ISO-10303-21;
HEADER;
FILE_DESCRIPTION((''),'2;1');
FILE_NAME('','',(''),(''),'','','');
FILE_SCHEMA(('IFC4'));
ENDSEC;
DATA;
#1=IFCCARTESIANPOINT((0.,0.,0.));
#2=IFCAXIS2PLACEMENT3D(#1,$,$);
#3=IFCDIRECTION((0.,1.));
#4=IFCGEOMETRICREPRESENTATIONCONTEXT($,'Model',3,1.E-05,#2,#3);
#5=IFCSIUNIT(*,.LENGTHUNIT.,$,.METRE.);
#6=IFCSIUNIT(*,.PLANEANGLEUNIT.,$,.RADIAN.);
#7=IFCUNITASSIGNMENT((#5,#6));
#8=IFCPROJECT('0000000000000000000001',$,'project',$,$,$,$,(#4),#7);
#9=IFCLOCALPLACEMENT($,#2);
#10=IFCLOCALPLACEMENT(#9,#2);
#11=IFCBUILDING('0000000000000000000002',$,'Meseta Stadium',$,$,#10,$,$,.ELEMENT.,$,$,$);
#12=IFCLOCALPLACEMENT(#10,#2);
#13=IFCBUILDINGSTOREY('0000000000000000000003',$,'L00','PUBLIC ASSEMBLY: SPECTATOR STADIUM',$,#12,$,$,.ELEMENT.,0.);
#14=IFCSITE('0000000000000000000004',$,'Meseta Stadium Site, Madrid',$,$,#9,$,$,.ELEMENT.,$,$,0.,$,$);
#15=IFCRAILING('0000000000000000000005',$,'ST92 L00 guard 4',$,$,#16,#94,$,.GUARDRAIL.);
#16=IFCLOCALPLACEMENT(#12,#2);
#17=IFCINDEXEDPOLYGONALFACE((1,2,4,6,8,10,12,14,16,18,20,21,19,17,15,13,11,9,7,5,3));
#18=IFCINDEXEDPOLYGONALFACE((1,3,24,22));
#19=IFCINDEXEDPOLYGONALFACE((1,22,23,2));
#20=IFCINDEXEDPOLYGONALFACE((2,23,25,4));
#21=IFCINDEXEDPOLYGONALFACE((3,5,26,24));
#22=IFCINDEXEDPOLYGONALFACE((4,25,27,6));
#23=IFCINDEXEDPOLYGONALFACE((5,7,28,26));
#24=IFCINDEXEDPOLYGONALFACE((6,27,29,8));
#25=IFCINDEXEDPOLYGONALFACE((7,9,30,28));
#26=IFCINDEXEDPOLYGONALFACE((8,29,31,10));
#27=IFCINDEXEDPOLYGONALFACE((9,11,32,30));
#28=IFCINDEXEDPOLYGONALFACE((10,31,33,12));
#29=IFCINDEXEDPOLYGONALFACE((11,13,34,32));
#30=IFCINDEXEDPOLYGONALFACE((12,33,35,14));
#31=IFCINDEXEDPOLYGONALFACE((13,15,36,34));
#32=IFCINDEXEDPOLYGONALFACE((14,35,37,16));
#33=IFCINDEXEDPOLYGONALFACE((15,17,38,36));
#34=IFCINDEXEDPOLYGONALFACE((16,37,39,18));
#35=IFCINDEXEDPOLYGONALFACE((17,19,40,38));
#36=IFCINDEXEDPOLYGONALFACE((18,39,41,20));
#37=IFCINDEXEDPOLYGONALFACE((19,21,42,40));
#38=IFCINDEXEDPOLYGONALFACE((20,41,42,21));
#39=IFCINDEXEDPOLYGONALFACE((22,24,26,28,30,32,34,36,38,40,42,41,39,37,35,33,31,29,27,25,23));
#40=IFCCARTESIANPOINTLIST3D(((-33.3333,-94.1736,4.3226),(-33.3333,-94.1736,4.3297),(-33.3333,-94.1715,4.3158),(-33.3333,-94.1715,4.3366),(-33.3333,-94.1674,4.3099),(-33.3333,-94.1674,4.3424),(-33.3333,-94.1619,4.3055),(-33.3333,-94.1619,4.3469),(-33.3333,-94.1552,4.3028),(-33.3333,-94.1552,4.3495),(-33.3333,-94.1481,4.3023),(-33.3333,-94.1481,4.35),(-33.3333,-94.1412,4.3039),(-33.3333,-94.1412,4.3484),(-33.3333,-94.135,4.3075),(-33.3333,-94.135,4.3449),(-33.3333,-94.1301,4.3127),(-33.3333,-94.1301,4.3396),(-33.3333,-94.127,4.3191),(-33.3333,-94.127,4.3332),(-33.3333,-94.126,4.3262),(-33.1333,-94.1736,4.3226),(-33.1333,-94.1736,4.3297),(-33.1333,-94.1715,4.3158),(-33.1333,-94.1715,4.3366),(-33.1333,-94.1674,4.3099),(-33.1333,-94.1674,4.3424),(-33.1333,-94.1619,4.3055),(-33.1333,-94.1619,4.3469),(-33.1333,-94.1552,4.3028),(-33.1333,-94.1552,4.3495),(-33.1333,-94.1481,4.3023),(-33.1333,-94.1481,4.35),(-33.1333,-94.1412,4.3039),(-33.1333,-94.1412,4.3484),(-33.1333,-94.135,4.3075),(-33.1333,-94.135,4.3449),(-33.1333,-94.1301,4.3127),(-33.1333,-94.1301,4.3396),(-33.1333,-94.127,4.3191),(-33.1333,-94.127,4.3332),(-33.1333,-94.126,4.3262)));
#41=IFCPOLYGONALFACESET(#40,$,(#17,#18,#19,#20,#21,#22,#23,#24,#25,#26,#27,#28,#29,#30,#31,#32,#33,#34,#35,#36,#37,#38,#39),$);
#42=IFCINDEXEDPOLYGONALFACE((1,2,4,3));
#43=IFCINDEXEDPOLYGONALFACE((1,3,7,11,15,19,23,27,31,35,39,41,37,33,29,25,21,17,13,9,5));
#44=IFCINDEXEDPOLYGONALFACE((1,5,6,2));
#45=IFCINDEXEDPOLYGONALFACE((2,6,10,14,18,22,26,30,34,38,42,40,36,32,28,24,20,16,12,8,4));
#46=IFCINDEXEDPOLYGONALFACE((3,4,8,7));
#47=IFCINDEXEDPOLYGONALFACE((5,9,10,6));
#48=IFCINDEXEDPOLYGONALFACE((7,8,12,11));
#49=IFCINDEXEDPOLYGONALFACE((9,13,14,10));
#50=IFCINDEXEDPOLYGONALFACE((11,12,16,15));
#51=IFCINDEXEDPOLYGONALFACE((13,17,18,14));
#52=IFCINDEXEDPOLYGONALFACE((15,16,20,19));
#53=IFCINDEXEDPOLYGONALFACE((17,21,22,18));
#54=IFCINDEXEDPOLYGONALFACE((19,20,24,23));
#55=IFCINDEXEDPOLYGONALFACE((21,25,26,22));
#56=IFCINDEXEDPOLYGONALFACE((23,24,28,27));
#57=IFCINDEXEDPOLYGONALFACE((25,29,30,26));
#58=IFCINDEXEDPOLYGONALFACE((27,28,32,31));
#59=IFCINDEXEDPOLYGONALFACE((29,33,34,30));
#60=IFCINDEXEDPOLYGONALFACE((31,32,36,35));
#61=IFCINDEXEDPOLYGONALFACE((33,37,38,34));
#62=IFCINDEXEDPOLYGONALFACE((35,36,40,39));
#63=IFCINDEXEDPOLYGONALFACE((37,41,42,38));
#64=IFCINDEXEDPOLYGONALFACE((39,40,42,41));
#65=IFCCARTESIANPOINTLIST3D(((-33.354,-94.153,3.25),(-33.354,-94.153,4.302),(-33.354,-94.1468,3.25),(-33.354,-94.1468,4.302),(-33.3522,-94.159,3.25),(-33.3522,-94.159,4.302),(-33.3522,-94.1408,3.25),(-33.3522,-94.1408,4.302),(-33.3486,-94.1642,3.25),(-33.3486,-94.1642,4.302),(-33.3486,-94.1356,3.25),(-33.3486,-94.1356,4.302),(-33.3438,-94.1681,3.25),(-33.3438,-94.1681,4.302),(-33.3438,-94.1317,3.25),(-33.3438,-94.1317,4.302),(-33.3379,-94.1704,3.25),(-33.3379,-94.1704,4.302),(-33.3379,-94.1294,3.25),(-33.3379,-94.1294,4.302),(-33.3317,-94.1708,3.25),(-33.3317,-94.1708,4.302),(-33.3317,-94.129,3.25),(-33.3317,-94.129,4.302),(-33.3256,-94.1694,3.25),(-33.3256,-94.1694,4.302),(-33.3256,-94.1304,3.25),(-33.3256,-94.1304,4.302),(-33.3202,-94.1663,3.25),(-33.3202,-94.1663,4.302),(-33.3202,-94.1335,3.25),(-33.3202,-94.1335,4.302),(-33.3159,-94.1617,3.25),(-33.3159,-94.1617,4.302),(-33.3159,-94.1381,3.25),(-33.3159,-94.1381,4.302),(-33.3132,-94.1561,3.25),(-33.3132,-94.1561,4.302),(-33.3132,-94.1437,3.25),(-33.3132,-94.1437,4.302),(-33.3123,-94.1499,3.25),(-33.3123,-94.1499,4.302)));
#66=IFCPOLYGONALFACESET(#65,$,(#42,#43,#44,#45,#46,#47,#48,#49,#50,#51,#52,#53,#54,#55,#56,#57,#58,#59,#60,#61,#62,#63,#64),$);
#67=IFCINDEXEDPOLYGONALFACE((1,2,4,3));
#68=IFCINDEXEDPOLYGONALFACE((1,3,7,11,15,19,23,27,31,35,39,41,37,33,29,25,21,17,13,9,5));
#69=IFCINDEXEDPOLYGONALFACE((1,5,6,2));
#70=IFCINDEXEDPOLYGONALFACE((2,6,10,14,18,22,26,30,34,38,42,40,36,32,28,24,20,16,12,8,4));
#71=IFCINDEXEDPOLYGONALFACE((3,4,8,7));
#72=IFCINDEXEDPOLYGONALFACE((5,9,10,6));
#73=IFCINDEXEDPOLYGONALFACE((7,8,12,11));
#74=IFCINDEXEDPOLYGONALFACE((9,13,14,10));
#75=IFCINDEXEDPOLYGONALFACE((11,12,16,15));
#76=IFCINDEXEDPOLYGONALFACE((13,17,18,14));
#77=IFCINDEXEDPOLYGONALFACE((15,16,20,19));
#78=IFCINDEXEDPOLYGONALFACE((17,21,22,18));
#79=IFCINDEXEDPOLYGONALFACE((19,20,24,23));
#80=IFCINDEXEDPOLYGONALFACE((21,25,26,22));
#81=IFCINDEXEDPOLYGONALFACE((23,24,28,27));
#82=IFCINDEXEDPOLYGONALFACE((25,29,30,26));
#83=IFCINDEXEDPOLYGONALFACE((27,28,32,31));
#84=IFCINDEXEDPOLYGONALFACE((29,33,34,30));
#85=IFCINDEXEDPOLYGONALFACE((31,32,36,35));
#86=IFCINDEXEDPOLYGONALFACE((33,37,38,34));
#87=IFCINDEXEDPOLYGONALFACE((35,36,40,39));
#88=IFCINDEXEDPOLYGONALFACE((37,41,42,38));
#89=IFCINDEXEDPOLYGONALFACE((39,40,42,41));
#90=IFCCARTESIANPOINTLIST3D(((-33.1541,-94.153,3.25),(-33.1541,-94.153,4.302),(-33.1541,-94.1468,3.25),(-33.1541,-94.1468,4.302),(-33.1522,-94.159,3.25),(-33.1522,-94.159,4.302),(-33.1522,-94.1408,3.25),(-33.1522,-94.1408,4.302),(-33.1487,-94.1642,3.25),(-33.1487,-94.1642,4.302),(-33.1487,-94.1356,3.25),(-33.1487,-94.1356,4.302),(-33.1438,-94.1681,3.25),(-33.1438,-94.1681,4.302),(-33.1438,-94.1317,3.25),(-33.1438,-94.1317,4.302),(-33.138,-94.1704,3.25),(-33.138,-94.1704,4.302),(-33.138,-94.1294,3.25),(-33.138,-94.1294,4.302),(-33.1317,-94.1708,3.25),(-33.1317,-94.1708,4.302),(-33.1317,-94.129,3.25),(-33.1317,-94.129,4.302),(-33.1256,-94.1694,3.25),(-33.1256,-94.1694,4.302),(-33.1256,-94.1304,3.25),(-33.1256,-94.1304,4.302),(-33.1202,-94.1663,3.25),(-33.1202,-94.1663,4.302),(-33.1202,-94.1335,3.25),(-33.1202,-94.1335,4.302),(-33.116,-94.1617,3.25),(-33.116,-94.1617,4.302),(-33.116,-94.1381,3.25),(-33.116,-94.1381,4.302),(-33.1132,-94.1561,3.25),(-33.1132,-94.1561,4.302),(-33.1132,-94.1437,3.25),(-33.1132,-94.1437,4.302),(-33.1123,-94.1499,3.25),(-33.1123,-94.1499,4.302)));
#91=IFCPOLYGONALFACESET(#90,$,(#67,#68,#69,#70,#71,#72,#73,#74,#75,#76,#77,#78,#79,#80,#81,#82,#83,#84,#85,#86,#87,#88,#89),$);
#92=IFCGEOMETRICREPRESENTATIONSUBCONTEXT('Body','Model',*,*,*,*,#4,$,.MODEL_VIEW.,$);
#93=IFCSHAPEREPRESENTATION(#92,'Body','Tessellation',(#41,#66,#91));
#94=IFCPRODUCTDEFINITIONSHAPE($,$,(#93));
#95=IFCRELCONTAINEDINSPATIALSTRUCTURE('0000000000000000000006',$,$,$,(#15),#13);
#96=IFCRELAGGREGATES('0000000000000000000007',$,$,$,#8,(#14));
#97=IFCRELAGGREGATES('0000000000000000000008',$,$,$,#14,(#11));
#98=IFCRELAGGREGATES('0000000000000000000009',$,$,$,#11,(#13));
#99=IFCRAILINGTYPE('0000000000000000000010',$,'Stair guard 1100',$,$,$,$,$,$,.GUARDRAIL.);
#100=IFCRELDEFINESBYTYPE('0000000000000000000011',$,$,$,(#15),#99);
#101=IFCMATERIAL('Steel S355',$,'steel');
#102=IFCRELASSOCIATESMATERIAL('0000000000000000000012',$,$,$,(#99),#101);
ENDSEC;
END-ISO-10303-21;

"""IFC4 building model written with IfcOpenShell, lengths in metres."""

from ifc_helpers import new_model, si_unit, direction, frame, origin, origin_2d, place, context, subcontext, project, spatial, circle, extrude, material, type_object, element, save


model = new_model("IFC4")

# Units and contexts
model_context = context("Model", 3, precision=1e-05, world=origin(), true_north=direction((0.0, 1.0)))
body_context = subcontext(model_context, "Body", "Model", "MODEL_VIEW")
ifc_project = project(units=[si_unit("LENGTHUNIT", "METRE"), si_unit("PLANEANGLEUNIT", "RADIAN")], contexts=[model_context])

# Site, building, storey
site_placement = place(None, origin())
site = spatial("IfcSite", under=ifc_project, at=site_placement, Name="Meseta Stadium Site, Madrid", CompositionType="ELEMENT", RefElevation=0.0)
building_placement = place(site_placement, origin())
building = spatial("IfcBuilding", under=site, at=building_placement, Name="Meseta Stadium", CompositionType="ELEMENT")
storey_placement = place(building_placement, origin())
storey = spatial("IfcBuildingStorey", under=building, at=storey_placement, Name="L00", Description="PUBLIC ASSEMBLY: SPECTATOR STADIUM", CompositionType="ELEMENT", Elevation=0.0)

# Railing
ifc_material_1 = material(Name="Steel S355", Category="steel")
railing_type_1 = type_object("IfcRailingType", Name="Stair guard 1100", PredefinedType="GUARDRAIL", material=ifc_material_1)
railing_1_placement = place(storey_placement, frame((-33.3333, -94.1499, 3.25)))
element("IfcRailing", 1, at=railing_1_placement, inside=storey, type_object=railing_type_1, Name="ST92 L00 guard 4", PredefinedType="GUARDRAIL", context=body_context, shape_type="SweptSolid", body=[
    extrude(circle(Radius=0.0239, at=origin_2d()), frame((0.0, 0.0, 1.0762), z_axis=(1.0, 0.0, 0.0), x_axis=(0.0, 1.0, 0.0)), (0.0, 0.0, 1.0), 0.2),
    extrude(circle(Radius=0.021, at=origin_2d()), origin(), (0.0, 0.0, 1.0), 1.052),
    extrude(circle(Radius=0.021, at=origin_2d()), frame((0.2, 0.0, 0.0)), (0.0, 0.0, 1.0), 1.052),
])

save(model, "model.ifc")
